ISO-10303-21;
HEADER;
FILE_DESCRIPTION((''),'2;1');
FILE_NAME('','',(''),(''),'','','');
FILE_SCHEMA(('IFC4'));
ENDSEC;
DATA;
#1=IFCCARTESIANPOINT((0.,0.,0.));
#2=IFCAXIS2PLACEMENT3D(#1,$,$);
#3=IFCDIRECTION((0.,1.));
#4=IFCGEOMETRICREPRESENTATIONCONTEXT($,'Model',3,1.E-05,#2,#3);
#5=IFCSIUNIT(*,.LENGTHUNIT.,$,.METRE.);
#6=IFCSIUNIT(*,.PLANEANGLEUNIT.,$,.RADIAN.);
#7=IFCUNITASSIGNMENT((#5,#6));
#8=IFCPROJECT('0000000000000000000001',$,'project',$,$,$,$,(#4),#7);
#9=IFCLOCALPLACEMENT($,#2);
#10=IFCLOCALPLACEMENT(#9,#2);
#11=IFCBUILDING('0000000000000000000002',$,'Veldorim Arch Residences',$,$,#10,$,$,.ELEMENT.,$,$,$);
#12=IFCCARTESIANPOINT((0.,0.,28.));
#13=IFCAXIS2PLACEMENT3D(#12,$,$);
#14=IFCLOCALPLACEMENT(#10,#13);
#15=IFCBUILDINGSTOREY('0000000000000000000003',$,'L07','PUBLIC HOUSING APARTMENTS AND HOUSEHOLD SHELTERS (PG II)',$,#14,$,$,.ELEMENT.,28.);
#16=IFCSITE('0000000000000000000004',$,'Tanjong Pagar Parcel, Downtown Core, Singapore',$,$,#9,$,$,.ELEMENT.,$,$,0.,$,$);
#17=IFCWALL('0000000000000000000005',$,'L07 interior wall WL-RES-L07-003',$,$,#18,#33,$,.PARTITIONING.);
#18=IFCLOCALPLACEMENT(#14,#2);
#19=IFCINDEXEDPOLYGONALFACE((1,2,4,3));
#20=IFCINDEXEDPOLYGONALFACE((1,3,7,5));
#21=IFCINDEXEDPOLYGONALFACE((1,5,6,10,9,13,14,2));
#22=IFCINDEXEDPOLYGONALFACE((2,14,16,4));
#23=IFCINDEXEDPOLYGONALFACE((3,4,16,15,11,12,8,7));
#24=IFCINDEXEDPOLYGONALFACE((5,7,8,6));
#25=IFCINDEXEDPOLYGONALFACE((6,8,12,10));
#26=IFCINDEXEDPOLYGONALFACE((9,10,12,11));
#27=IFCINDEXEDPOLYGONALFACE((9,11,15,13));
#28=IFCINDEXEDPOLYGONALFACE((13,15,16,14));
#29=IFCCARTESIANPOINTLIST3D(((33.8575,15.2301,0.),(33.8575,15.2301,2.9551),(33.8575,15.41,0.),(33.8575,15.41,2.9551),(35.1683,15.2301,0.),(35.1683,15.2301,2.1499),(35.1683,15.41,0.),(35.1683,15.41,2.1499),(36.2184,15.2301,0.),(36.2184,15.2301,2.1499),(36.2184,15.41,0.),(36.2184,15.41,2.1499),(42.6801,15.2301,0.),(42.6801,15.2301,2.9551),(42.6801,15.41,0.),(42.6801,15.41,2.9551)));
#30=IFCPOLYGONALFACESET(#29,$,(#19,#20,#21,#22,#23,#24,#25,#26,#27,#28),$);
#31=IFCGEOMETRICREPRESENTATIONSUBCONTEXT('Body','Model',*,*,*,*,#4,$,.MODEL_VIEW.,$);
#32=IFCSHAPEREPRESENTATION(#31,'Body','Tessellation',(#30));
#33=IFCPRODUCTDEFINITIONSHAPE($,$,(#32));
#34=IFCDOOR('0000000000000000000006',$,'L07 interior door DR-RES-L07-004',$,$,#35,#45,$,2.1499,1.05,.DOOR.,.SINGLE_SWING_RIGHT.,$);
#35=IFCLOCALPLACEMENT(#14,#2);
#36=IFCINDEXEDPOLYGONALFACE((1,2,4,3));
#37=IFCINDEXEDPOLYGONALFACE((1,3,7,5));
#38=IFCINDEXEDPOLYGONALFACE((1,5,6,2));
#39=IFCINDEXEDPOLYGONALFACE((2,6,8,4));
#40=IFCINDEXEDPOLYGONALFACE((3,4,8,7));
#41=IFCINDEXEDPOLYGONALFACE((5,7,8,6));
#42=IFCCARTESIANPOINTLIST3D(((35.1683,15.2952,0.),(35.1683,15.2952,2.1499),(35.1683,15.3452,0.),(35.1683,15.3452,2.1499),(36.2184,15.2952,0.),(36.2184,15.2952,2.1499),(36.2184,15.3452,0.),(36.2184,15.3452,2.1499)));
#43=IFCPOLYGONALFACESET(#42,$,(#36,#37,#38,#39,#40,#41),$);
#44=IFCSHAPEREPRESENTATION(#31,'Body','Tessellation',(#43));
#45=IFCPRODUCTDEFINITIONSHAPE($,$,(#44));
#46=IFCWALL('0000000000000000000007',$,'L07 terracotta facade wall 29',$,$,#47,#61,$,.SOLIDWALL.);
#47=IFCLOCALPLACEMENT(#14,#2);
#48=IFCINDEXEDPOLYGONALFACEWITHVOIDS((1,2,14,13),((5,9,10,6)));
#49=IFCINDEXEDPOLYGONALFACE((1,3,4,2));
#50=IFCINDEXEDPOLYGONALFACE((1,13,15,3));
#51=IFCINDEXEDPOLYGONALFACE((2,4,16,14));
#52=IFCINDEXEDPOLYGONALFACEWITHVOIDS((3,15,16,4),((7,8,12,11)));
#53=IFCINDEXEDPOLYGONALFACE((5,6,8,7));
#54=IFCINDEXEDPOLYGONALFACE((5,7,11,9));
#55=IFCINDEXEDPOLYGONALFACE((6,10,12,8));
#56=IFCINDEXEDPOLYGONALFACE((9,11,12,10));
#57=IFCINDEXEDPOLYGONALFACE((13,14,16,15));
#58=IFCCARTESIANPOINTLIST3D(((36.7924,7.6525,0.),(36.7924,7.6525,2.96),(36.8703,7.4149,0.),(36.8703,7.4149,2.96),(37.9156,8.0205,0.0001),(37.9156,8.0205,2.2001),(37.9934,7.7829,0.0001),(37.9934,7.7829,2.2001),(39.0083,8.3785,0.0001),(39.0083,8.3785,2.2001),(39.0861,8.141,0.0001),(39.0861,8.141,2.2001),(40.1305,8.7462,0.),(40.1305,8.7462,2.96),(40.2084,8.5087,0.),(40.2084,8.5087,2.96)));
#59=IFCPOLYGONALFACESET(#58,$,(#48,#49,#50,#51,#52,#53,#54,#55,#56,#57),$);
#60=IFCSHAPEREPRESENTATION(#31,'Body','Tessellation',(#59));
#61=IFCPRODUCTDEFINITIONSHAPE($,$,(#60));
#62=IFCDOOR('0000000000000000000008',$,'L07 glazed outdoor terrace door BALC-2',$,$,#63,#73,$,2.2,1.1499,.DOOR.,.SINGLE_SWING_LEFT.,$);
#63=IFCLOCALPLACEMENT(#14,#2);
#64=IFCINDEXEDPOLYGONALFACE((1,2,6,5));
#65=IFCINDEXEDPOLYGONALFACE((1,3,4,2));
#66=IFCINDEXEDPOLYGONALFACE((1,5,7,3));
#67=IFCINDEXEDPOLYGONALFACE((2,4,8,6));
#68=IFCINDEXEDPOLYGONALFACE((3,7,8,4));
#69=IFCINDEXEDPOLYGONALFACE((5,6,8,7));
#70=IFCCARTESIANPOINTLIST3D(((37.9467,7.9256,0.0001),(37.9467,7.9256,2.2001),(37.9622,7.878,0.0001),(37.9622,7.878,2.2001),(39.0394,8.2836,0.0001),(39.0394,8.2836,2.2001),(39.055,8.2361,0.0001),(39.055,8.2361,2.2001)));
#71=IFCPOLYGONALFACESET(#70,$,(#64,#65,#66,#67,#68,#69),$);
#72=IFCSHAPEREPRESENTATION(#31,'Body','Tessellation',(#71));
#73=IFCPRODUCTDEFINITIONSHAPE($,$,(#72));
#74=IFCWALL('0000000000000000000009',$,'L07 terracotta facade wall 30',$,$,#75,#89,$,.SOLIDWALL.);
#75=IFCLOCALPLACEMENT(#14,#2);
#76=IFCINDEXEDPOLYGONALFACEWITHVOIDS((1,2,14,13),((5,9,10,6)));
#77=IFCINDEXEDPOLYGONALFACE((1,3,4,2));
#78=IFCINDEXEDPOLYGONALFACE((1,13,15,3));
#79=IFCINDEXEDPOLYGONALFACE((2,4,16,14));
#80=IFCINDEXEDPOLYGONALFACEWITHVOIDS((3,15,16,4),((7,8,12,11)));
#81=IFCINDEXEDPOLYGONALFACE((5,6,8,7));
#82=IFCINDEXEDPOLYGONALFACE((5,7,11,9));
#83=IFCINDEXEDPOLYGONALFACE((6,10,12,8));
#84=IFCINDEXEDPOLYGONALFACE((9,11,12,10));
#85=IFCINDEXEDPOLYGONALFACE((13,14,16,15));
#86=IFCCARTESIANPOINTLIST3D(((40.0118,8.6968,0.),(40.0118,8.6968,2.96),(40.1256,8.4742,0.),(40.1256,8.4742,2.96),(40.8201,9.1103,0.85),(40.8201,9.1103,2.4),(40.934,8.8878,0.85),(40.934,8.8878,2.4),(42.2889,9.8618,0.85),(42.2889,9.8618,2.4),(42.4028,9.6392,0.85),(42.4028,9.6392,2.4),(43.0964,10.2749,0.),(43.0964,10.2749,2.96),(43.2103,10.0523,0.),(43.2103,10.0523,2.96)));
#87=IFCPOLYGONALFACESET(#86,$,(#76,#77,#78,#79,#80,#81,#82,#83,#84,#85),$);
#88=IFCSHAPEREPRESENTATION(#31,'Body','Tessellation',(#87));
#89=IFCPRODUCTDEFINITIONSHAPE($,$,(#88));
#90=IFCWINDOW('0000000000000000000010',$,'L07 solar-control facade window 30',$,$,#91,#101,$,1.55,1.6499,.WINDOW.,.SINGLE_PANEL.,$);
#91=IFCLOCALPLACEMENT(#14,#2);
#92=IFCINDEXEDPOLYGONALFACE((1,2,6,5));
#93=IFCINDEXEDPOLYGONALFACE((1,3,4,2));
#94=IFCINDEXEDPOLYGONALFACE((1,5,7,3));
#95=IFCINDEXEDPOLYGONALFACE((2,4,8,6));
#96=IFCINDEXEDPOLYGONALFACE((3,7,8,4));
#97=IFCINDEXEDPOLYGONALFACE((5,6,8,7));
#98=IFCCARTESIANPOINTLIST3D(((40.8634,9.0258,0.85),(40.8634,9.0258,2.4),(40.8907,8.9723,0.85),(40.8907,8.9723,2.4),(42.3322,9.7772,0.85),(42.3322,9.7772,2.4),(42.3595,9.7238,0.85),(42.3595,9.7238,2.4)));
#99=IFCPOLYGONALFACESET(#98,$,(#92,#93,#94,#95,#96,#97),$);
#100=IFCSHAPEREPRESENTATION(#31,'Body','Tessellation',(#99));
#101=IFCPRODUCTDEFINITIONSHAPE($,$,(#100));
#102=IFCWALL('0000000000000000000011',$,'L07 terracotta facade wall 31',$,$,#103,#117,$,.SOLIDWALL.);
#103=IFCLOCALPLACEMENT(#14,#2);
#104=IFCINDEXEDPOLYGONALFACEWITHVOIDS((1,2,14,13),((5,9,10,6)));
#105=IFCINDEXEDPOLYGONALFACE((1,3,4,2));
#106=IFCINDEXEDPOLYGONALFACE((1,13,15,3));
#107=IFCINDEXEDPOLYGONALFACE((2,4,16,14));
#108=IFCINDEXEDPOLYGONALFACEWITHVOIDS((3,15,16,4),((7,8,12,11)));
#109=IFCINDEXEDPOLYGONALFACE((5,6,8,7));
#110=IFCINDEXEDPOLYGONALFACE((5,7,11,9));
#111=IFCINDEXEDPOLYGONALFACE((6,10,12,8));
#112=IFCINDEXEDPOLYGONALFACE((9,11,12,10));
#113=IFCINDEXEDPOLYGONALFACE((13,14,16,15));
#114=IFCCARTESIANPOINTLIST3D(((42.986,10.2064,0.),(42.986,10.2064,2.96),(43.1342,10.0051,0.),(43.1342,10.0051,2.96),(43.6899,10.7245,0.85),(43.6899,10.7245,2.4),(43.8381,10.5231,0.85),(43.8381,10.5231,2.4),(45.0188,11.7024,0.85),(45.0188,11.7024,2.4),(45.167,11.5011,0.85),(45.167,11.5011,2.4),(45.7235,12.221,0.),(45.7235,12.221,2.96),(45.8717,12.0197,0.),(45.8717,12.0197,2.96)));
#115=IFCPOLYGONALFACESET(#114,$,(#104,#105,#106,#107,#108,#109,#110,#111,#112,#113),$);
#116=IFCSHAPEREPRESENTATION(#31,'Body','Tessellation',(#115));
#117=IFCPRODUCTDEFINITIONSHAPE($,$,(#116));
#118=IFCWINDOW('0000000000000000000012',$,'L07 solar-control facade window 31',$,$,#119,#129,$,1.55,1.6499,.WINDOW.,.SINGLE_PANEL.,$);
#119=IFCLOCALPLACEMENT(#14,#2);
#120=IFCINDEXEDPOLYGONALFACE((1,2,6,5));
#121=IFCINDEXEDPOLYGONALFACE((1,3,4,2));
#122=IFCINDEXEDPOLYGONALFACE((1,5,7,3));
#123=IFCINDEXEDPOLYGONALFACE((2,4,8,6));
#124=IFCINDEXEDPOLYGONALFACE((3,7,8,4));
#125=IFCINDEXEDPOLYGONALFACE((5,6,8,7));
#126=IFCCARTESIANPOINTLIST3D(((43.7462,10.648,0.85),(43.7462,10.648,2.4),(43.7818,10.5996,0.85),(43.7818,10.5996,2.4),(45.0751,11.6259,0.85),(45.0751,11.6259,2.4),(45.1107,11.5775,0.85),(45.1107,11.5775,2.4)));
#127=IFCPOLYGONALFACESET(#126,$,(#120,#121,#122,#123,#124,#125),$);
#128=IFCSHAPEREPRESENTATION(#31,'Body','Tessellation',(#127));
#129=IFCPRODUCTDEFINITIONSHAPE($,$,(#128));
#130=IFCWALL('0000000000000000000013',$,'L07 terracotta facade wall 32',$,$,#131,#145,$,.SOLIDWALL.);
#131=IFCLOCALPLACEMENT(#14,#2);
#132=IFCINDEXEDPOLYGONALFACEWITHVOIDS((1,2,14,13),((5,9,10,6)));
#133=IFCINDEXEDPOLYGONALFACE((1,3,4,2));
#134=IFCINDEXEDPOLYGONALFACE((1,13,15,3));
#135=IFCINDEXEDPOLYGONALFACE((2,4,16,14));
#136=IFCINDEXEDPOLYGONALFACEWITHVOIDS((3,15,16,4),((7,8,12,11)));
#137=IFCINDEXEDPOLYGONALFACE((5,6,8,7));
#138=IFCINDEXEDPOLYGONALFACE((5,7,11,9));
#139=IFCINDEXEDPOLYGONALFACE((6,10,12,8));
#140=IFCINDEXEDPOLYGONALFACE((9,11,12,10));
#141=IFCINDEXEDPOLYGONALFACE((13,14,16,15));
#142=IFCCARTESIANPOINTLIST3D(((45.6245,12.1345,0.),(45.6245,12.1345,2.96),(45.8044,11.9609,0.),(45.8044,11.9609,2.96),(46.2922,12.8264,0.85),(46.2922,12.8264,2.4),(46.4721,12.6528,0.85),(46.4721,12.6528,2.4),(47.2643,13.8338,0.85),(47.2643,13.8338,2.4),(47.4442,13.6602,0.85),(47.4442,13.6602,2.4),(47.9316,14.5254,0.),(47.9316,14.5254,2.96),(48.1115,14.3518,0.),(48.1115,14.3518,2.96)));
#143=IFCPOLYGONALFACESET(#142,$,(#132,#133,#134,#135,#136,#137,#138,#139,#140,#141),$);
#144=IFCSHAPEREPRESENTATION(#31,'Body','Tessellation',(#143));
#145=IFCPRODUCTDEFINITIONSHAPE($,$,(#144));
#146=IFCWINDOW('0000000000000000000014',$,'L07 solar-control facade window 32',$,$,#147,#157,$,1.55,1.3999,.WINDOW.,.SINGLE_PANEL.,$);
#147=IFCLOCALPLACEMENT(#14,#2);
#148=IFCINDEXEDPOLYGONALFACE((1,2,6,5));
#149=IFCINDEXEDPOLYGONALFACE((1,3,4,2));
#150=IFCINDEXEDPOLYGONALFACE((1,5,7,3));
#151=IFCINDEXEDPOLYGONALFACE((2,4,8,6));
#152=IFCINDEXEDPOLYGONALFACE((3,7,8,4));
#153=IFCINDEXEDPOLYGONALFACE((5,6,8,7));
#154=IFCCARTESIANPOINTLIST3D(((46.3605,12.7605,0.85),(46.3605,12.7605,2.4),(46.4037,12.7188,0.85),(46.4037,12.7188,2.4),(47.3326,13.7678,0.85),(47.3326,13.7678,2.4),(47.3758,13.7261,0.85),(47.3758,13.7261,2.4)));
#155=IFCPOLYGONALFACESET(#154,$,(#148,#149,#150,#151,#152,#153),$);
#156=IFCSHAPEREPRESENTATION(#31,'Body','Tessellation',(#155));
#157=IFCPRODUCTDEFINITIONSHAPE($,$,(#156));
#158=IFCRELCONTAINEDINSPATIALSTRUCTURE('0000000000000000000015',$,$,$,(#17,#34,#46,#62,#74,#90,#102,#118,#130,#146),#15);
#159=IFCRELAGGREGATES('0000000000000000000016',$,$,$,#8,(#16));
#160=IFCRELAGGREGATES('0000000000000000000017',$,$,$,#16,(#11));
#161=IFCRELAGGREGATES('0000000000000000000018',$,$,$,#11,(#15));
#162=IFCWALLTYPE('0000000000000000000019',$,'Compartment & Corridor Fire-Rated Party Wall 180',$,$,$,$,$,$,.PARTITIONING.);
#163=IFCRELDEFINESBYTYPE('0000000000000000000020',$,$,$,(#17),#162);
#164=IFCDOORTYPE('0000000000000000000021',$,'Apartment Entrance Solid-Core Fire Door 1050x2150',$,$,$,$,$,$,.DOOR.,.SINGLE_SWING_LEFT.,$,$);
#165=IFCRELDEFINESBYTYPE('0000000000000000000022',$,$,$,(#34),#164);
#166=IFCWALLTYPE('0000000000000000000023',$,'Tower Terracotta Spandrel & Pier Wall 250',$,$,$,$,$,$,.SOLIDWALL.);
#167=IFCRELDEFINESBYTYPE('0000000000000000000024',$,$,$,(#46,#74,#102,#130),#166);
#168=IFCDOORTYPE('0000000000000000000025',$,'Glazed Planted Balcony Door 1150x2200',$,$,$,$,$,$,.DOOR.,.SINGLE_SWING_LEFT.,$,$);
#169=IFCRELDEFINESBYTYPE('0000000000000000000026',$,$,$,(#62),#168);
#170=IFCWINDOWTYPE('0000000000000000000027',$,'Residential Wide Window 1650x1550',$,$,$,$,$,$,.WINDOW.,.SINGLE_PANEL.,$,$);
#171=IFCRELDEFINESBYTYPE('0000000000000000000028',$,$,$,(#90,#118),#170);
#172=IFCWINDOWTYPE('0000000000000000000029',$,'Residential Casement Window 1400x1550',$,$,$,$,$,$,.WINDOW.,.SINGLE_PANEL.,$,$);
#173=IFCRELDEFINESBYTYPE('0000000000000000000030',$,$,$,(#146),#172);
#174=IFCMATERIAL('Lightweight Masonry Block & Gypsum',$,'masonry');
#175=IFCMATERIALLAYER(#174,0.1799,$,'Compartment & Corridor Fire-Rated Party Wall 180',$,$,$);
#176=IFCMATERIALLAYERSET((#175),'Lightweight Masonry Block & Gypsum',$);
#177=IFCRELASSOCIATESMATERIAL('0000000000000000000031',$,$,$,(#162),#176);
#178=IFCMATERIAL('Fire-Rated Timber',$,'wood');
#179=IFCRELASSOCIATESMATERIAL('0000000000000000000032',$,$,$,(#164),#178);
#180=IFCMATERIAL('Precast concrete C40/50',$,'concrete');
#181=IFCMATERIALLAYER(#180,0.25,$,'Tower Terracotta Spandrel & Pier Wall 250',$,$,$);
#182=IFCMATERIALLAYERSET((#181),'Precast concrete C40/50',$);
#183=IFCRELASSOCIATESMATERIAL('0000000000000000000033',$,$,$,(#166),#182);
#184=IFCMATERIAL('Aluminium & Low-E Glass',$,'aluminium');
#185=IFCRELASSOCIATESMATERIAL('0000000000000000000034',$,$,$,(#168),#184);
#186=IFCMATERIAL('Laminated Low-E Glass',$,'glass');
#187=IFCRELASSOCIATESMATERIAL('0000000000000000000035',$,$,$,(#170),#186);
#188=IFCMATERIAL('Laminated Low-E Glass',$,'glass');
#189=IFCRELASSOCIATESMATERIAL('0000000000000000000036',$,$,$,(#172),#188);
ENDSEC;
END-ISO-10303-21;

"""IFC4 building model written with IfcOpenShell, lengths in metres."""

from ifc_helpers import new_model, si_unit, direction, frame, frame_2d, origin, place, context, subcontext, project, spatial, rectangle, extrude, material, layer, layer_set, type_object, element, fill, save


model = new_model("IFC4")

# Units and contexts
model_context = context("Model", 3, precision=1e-05, world=origin(), true_north=direction((0.0, 1.0)))
body_context = subcontext(model_context, "Body", "Model", "MODEL_VIEW")
ifc_project = project(units=[si_unit("LENGTHUNIT", "METRE"), si_unit("PLANEANGLEUNIT", "RADIAN")], contexts=[model_context])

# Site, building, storey
site_placement = place(None, origin())
site = spatial("IfcSite", under=ifc_project, at=site_placement, Name="Tanjong Pagar Parcel, Downtown Core, Singapore", CompositionType="ELEMENT", RefElevation=0.0)
building_placement = place(site_placement, origin())
building = spatial("IfcBuilding", under=site, at=building_placement, Name="Veldorim Arch Residences", CompositionType="ELEMENT")
storey_placement = place(building_placement, frame((0.0, 0.0, 28.0)))
storey = spatial("IfcBuildingStorey", under=building, at=storey_placement, Name="L07", Description="PUBLIC HOUSING APARTMENTS AND HOUSEHOLD SHELTERS (PG II)", CompositionType="ELEMENT", Elevation=28.0)

# Shared definitions
ifc_material_1 = material(Name="Lightweight Masonry Block & Gypsum", Category="masonry")
ifc_layer_1 = layer(ifc_material_1, 0.1799, Name="Compartment & Corridor Fire-Rated Party Wall 180")
ifc_layer_set_1 = layer_set([ifc_layer_1], Name="Lightweight Masonry Block & Gypsum")
wall_type_1 = type_object("IfcWallType", Name="Compartment & Corridor Fire-Rated Party Wall 180", PredefinedType="PARTITIONING", material=ifc_layer_set_1)

# Wall, opening, door
wall_1_placement = place(storey_placement, frame((42.6799, 15.3201, 0.0), z_axis=(0.0, 0.0, 1.0), x_axis=(-1.0, 0.0, 0.0)))
wall_1 = element("IfcWall", 1, at=wall_1_placement, inside=storey, type_object=wall_type_1, Name="L07 interior wall WL-RES-L07-003", PredefinedType="PARTITIONING", context=body_context, shape_type="SweptSolid", body=[
    extrude(rectangle(XDim=8.8225, YDim=0.1799, at=frame_2d((4.4111, 0.0))), origin(), (0.0, 0.0, 1.0), 2.9551),
])
opening_1_placement = place(wall_1_placement, frame((6.4617, 0.0, 0.0)))
opening_1 = element("IfcOpeningElement", 2, at=opening_1_placement, cuts=wall_1, PredefinedType="OPENING", context=body_context, shape_type="SweptSolid", body=[
    extrude(rectangle(XDim=1.05, YDim=2.1499, at=frame_2d((0.5249, 1.075))), frame((0.0, 0.0999, 0.0), z_axis=(0.0, -1.0, 0.0), x_axis=(1.0, 0.0, 0.0)), (0.0, 0.0, 1.0), 0.2),
])
ifc_material_2 = material(Name="Fire-Rated Timber", Category="wood")
door_type_1 = type_object("IfcDoorType", Name="Apartment Entrance Solid-Core Fire Door 1050x2150", OperationType="SINGLE_SWING_LEFT", PredefinedType="DOOR", material=ifc_material_2)
door_1_placement = place(opening_1_placement, origin())
door_1 = element("IfcDoor", 3, at=door_1_placement, inside=storey, type_object=door_type_1, Name="L07 interior door DR-RES-L07-004", OperationType="SINGLE_SWING_RIGHT", OverallHeight=2.1499, OverallWidth=1.05, PredefinedType="DOOR", context=body_context, shape_type="SweptSolid", body=[
    extrude(rectangle(XDim=1.05, YDim=2.1499, at=frame_2d((0.5249, 1.075))), frame((0.0, 0.0249, 0.0), z_axis=(0.0, -1.0, 0.0), x_axis=(1.0, 0.0, 0.0)), (0.0, 0.0, 1.0), 0.05),
])
fill(opening_1, door_1)

# Wall, opening, door
ifc_material_3 = material(Name="Precast concrete C40/50", Category="concrete")
ifc_layer_2 = layer(ifc_material_3, 0.25, Name="Tower Terracotta Spandrel & Pier Wall 250")
ifc_layer_set_2 = layer_set([ifc_layer_2], Name="Precast concrete C40/50")
wall_type_2 = type_object("IfcWallType", Name="Tower Terracotta Spandrel & Pier Wall 250", PredefinedType="SOLIDWALL", material=ifc_layer_set_2)
wall_2_placement = place(storey_placement, frame((40.1694, 8.6274, 0.0), z_axis=(0.0, 0.0, 1.0), x_axis=(-0.95029, -0.311365, 0.0)))
wall_2 = element("IfcWall", 4, at=wall_2_placement, inside=storey, type_object=wall_type_2, Name="L07 terracotta facade wall 29", PredefinedType="SOLIDWALL", context=body_context, shape_type="SweptSolid", body=[
    extrude(rectangle(XDim=3.5127, YDim=0.25, at=frame_2d((1.7563, 0.0))), origin(), (0.0, 0.0, 1.0), 2.96),
])
opening_2_placement = place(wall_2_placement, frame((1.1809, 0.0, 0.0)))
opening_2 = element("IfcOpeningElement", 5, at=opening_2_placement, cuts=wall_2, PredefinedType="OPENING", context=body_context, shape_type="SweptSolid", body=[
    extrude(rectangle(XDim=1.1499, YDim=2.2, at=frame_2d((0.575, 1.1001))), frame((0.0, 0.135, 0.0), z_axis=(0.0, -1.0, 0.0), x_axis=(1.0, 0.0, 0.0)), (0.0, 0.0, 1.0), 0.27),
])
ifc_material_4 = material(Name="Aluminium & Low-E Glass", Category="aluminium")
door_type_2 = type_object("IfcDoorType", Name="Glazed Planted Balcony Door 1150x2200", OperationType="SINGLE_SWING_LEFT", PredefinedType="DOOR", material=ifc_material_4)
door_2_placement = place(opening_2_placement, origin())
door_2 = element("IfcDoor", 6, at=door_2_placement, inside=storey, type_object=door_type_2, Name="L07 glazed outdoor terrace door BALC-2", OperationType="SINGLE_SWING_LEFT", OverallHeight=2.2, OverallWidth=1.1499, PredefinedType="DOOR", context=body_context, shape_type="SweptSolid", body=[
    extrude(rectangle(XDim=1.1499, YDim=2.2, at=frame_2d((0.575, 1.1001))), frame((0.0, 0.0249, 0.0), z_axis=(0.0, -1.0, 0.0), x_axis=(1.0, 0.0, 0.0)), (0.0, 0.0, 1.0), 0.05),
])
fill(opening_2, door_2)

# Walls, openings, windows
wall_3_placement = place(storey_placement, frame((43.1533, 10.1636, 0.0), z_axis=(0.0, 0.0, 1.0), x_axis=(-0.89026, -0.455452, 0.0)))
wall_3 = element("IfcWall", 7, at=wall_3_placement, inside=storey, type_object=wall_type_2, Name="L07 terracotta facade wall 30", PredefinedType="SOLIDWALL", context=body_context, shape_type="SweptSolid", body=[
    extrude(rectangle(XDim=3.4648, YDim=0.25, at=frame_2d((1.7324, 0.0))), origin(), (0.0, 0.0, 1.0), 2.96),
])
opening_3_placement = place(wall_3_placement, frame((0.907, 0.0, 0.8501)))
opening_3 = element("IfcOpeningElement", 8, at=opening_3_placement, cuts=wall_3, PredefinedType="OPENING", context=body_context, shape_type="SweptSolid", body=[
    extrude(rectangle(XDim=1.6499, YDim=1.55, at=frame_2d((0.825, 0.7749))), frame((0.0, 0.135, 0.0), z_axis=(0.0, -1.0, 0.0), x_axis=(1.0, 0.0, 0.0)), (0.0, 0.0, 1.0), 0.27),
])
ifc_material_5 = material(Name="Laminated Low-E Glass", Category="glass")
window_type_1 = type_object("IfcWindowType", Name="Residential Wide Window 1650x1550", PartitioningType="SINGLE_PANEL", PredefinedType="WINDOW", material=ifc_material_5)
window_1_placement = place(opening_3_placement, origin())
window_1 = element("IfcWindow", 9, at=window_1_placement, inside=storey, type_object=window_type_1, Name="L07 solar-control facade window 30", OverallHeight=1.55, OverallWidth=1.6499, PartitioningType="SINGLE_PANEL", PredefinedType="WINDOW", context=body_context, shape_type="SweptSolid", body=[
    extrude(rectangle(XDim=1.6499, YDim=1.55, at=frame_2d((0.825, 0.7749))), frame((0.0, 0.03, 0.0), z_axis=(0.0, -1.0, 0.0), x_axis=(1.0, 0.0, 0.0)), (0.0, 0.0, 1.0), 0.0601),
])
fill(opening_3, window_1)
wall_4_placement = place(storey_placement, frame((45.7976, 12.1204, 0.0), z_axis=(0.0, 0.0, 1.0), x_axis=(-0.805406, -0.592724, 0.0)))
wall_4 = element("IfcWall", 10, at=wall_4_placement, inside=storey, type_object=wall_type_2, Name="L07 terracotta facade wall 31", PredefinedType="SOLIDWALL", context=body_context, shape_type="SweptSolid", body=[
    extrude(rectangle(XDim=3.3989, YDim=0.25, at=frame_2d((1.6995, 0.0))), origin(), (0.0, 0.0, 1.0), 2.96),
])
opening_4_placement = place(wall_4_placement, frame((0.875, 0.0, 0.8501)))
opening_4 = element("IfcOpeningElement", 11, at=opening_4_placement, cuts=wall_4, PredefinedType="OPENING", context=body_context, shape_type="SweptSolid", body=[
    extrude(rectangle(XDim=1.6499, YDim=1.55, at=frame_2d((0.825, 0.7749))), frame((0.0, 0.135, 0.0), z_axis=(0.0, -1.0, 0.0), x_axis=(1.0, 0.0, 0.0)), (0.0, 0.0, 1.0), 0.27),
])
window_2_placement = place(opening_4_placement, origin())
window_2 = element("IfcWindow", 12, at=window_2_placement, inside=storey, type_object=window_type_1, Name="L07 solar-control facade window 31", OverallHeight=1.55, OverallWidth=1.6499, PartitioningType="SINGLE_PANEL", PredefinedType="WINDOW", context=body_context, shape_type="SweptSolid", body=[
    extrude(rectangle(XDim=1.6499, YDim=1.55, at=frame_2d((0.825, 0.7749))), frame((0.0, 0.03, 0.0), z_axis=(0.0, -1.0, 0.0), x_axis=(1.0, 0.0, 0.0)), (0.0, 0.0, 1.0), 0.0601),
])
fill(opening_4, window_2)
wall_5_placement = place(storey_placement, frame((48.0215, 14.4385, 0.0), z_axis=(0.0, 0.0, 1.0), x_axis=(-0.694393, -0.719596, 0.0)))
wall_5 = element("IfcWall", 13, at=wall_5_placement, inside=storey, type_object=wall_type_2, Name="L07 terracotta facade wall 32", PredefinedType="SOLIDWALL", context=body_context, shape_type="SweptSolid", body=[
    extrude(rectangle(XDim=3.3225, YDim=0.25, at=frame_2d((1.6611, 0.0))), origin(), (0.0, 0.0, 1.0), 2.96),
])
opening_5_placement = place(wall_5_placement, frame((0.9609, 0.0, 0.8501)))
opening_5 = element("IfcOpeningElement", 14, at=opening_5_placement, cuts=wall_5, PredefinedType="OPENING", context=body_context, shape_type="SweptSolid", body=[
    extrude(rectangle(XDim=1.3999, YDim=1.55, at=frame_2d((0.7, 0.7749))), frame((0.0, 0.135, 0.0), z_axis=(0.0, -1.0, 0.0), x_axis=(1.0, 0.0, 0.0)), (0.0, 0.0, 1.0), 0.27),
])
ifc_material_6 = material(Name="Laminated Low-E Glass", Category="glass")
window_type_2 = type_object("IfcWindowType", Name="Residential Casement Window 1400x1550", PartitioningType="SINGLE_PANEL", PredefinedType="WINDOW", material=ifc_material_6)
window_3_placement = place(opening_5_placement, origin())
window_3 = element("IfcWindow", 15, at=window_3_placement, inside=storey, type_object=window_type_2, Name="L07 solar-control facade window 32", OverallHeight=1.55, OverallWidth=1.3999, PartitioningType="SINGLE_PANEL", PredefinedType="WINDOW", context=body_context, shape_type="SweptSolid", body=[
    extrude(rectangle(XDim=1.3999, YDim=1.55, at=frame_2d((0.7, 0.7749))), frame((0.0, 0.03, 0.0), z_axis=(0.0, -1.0, 0.0), x_axis=(1.0, 0.0, 0.0)), (0.0, 0.0, 1.0), 0.0601),
])
fill(opening_5, window_3)

save(model, "model.ifc")
